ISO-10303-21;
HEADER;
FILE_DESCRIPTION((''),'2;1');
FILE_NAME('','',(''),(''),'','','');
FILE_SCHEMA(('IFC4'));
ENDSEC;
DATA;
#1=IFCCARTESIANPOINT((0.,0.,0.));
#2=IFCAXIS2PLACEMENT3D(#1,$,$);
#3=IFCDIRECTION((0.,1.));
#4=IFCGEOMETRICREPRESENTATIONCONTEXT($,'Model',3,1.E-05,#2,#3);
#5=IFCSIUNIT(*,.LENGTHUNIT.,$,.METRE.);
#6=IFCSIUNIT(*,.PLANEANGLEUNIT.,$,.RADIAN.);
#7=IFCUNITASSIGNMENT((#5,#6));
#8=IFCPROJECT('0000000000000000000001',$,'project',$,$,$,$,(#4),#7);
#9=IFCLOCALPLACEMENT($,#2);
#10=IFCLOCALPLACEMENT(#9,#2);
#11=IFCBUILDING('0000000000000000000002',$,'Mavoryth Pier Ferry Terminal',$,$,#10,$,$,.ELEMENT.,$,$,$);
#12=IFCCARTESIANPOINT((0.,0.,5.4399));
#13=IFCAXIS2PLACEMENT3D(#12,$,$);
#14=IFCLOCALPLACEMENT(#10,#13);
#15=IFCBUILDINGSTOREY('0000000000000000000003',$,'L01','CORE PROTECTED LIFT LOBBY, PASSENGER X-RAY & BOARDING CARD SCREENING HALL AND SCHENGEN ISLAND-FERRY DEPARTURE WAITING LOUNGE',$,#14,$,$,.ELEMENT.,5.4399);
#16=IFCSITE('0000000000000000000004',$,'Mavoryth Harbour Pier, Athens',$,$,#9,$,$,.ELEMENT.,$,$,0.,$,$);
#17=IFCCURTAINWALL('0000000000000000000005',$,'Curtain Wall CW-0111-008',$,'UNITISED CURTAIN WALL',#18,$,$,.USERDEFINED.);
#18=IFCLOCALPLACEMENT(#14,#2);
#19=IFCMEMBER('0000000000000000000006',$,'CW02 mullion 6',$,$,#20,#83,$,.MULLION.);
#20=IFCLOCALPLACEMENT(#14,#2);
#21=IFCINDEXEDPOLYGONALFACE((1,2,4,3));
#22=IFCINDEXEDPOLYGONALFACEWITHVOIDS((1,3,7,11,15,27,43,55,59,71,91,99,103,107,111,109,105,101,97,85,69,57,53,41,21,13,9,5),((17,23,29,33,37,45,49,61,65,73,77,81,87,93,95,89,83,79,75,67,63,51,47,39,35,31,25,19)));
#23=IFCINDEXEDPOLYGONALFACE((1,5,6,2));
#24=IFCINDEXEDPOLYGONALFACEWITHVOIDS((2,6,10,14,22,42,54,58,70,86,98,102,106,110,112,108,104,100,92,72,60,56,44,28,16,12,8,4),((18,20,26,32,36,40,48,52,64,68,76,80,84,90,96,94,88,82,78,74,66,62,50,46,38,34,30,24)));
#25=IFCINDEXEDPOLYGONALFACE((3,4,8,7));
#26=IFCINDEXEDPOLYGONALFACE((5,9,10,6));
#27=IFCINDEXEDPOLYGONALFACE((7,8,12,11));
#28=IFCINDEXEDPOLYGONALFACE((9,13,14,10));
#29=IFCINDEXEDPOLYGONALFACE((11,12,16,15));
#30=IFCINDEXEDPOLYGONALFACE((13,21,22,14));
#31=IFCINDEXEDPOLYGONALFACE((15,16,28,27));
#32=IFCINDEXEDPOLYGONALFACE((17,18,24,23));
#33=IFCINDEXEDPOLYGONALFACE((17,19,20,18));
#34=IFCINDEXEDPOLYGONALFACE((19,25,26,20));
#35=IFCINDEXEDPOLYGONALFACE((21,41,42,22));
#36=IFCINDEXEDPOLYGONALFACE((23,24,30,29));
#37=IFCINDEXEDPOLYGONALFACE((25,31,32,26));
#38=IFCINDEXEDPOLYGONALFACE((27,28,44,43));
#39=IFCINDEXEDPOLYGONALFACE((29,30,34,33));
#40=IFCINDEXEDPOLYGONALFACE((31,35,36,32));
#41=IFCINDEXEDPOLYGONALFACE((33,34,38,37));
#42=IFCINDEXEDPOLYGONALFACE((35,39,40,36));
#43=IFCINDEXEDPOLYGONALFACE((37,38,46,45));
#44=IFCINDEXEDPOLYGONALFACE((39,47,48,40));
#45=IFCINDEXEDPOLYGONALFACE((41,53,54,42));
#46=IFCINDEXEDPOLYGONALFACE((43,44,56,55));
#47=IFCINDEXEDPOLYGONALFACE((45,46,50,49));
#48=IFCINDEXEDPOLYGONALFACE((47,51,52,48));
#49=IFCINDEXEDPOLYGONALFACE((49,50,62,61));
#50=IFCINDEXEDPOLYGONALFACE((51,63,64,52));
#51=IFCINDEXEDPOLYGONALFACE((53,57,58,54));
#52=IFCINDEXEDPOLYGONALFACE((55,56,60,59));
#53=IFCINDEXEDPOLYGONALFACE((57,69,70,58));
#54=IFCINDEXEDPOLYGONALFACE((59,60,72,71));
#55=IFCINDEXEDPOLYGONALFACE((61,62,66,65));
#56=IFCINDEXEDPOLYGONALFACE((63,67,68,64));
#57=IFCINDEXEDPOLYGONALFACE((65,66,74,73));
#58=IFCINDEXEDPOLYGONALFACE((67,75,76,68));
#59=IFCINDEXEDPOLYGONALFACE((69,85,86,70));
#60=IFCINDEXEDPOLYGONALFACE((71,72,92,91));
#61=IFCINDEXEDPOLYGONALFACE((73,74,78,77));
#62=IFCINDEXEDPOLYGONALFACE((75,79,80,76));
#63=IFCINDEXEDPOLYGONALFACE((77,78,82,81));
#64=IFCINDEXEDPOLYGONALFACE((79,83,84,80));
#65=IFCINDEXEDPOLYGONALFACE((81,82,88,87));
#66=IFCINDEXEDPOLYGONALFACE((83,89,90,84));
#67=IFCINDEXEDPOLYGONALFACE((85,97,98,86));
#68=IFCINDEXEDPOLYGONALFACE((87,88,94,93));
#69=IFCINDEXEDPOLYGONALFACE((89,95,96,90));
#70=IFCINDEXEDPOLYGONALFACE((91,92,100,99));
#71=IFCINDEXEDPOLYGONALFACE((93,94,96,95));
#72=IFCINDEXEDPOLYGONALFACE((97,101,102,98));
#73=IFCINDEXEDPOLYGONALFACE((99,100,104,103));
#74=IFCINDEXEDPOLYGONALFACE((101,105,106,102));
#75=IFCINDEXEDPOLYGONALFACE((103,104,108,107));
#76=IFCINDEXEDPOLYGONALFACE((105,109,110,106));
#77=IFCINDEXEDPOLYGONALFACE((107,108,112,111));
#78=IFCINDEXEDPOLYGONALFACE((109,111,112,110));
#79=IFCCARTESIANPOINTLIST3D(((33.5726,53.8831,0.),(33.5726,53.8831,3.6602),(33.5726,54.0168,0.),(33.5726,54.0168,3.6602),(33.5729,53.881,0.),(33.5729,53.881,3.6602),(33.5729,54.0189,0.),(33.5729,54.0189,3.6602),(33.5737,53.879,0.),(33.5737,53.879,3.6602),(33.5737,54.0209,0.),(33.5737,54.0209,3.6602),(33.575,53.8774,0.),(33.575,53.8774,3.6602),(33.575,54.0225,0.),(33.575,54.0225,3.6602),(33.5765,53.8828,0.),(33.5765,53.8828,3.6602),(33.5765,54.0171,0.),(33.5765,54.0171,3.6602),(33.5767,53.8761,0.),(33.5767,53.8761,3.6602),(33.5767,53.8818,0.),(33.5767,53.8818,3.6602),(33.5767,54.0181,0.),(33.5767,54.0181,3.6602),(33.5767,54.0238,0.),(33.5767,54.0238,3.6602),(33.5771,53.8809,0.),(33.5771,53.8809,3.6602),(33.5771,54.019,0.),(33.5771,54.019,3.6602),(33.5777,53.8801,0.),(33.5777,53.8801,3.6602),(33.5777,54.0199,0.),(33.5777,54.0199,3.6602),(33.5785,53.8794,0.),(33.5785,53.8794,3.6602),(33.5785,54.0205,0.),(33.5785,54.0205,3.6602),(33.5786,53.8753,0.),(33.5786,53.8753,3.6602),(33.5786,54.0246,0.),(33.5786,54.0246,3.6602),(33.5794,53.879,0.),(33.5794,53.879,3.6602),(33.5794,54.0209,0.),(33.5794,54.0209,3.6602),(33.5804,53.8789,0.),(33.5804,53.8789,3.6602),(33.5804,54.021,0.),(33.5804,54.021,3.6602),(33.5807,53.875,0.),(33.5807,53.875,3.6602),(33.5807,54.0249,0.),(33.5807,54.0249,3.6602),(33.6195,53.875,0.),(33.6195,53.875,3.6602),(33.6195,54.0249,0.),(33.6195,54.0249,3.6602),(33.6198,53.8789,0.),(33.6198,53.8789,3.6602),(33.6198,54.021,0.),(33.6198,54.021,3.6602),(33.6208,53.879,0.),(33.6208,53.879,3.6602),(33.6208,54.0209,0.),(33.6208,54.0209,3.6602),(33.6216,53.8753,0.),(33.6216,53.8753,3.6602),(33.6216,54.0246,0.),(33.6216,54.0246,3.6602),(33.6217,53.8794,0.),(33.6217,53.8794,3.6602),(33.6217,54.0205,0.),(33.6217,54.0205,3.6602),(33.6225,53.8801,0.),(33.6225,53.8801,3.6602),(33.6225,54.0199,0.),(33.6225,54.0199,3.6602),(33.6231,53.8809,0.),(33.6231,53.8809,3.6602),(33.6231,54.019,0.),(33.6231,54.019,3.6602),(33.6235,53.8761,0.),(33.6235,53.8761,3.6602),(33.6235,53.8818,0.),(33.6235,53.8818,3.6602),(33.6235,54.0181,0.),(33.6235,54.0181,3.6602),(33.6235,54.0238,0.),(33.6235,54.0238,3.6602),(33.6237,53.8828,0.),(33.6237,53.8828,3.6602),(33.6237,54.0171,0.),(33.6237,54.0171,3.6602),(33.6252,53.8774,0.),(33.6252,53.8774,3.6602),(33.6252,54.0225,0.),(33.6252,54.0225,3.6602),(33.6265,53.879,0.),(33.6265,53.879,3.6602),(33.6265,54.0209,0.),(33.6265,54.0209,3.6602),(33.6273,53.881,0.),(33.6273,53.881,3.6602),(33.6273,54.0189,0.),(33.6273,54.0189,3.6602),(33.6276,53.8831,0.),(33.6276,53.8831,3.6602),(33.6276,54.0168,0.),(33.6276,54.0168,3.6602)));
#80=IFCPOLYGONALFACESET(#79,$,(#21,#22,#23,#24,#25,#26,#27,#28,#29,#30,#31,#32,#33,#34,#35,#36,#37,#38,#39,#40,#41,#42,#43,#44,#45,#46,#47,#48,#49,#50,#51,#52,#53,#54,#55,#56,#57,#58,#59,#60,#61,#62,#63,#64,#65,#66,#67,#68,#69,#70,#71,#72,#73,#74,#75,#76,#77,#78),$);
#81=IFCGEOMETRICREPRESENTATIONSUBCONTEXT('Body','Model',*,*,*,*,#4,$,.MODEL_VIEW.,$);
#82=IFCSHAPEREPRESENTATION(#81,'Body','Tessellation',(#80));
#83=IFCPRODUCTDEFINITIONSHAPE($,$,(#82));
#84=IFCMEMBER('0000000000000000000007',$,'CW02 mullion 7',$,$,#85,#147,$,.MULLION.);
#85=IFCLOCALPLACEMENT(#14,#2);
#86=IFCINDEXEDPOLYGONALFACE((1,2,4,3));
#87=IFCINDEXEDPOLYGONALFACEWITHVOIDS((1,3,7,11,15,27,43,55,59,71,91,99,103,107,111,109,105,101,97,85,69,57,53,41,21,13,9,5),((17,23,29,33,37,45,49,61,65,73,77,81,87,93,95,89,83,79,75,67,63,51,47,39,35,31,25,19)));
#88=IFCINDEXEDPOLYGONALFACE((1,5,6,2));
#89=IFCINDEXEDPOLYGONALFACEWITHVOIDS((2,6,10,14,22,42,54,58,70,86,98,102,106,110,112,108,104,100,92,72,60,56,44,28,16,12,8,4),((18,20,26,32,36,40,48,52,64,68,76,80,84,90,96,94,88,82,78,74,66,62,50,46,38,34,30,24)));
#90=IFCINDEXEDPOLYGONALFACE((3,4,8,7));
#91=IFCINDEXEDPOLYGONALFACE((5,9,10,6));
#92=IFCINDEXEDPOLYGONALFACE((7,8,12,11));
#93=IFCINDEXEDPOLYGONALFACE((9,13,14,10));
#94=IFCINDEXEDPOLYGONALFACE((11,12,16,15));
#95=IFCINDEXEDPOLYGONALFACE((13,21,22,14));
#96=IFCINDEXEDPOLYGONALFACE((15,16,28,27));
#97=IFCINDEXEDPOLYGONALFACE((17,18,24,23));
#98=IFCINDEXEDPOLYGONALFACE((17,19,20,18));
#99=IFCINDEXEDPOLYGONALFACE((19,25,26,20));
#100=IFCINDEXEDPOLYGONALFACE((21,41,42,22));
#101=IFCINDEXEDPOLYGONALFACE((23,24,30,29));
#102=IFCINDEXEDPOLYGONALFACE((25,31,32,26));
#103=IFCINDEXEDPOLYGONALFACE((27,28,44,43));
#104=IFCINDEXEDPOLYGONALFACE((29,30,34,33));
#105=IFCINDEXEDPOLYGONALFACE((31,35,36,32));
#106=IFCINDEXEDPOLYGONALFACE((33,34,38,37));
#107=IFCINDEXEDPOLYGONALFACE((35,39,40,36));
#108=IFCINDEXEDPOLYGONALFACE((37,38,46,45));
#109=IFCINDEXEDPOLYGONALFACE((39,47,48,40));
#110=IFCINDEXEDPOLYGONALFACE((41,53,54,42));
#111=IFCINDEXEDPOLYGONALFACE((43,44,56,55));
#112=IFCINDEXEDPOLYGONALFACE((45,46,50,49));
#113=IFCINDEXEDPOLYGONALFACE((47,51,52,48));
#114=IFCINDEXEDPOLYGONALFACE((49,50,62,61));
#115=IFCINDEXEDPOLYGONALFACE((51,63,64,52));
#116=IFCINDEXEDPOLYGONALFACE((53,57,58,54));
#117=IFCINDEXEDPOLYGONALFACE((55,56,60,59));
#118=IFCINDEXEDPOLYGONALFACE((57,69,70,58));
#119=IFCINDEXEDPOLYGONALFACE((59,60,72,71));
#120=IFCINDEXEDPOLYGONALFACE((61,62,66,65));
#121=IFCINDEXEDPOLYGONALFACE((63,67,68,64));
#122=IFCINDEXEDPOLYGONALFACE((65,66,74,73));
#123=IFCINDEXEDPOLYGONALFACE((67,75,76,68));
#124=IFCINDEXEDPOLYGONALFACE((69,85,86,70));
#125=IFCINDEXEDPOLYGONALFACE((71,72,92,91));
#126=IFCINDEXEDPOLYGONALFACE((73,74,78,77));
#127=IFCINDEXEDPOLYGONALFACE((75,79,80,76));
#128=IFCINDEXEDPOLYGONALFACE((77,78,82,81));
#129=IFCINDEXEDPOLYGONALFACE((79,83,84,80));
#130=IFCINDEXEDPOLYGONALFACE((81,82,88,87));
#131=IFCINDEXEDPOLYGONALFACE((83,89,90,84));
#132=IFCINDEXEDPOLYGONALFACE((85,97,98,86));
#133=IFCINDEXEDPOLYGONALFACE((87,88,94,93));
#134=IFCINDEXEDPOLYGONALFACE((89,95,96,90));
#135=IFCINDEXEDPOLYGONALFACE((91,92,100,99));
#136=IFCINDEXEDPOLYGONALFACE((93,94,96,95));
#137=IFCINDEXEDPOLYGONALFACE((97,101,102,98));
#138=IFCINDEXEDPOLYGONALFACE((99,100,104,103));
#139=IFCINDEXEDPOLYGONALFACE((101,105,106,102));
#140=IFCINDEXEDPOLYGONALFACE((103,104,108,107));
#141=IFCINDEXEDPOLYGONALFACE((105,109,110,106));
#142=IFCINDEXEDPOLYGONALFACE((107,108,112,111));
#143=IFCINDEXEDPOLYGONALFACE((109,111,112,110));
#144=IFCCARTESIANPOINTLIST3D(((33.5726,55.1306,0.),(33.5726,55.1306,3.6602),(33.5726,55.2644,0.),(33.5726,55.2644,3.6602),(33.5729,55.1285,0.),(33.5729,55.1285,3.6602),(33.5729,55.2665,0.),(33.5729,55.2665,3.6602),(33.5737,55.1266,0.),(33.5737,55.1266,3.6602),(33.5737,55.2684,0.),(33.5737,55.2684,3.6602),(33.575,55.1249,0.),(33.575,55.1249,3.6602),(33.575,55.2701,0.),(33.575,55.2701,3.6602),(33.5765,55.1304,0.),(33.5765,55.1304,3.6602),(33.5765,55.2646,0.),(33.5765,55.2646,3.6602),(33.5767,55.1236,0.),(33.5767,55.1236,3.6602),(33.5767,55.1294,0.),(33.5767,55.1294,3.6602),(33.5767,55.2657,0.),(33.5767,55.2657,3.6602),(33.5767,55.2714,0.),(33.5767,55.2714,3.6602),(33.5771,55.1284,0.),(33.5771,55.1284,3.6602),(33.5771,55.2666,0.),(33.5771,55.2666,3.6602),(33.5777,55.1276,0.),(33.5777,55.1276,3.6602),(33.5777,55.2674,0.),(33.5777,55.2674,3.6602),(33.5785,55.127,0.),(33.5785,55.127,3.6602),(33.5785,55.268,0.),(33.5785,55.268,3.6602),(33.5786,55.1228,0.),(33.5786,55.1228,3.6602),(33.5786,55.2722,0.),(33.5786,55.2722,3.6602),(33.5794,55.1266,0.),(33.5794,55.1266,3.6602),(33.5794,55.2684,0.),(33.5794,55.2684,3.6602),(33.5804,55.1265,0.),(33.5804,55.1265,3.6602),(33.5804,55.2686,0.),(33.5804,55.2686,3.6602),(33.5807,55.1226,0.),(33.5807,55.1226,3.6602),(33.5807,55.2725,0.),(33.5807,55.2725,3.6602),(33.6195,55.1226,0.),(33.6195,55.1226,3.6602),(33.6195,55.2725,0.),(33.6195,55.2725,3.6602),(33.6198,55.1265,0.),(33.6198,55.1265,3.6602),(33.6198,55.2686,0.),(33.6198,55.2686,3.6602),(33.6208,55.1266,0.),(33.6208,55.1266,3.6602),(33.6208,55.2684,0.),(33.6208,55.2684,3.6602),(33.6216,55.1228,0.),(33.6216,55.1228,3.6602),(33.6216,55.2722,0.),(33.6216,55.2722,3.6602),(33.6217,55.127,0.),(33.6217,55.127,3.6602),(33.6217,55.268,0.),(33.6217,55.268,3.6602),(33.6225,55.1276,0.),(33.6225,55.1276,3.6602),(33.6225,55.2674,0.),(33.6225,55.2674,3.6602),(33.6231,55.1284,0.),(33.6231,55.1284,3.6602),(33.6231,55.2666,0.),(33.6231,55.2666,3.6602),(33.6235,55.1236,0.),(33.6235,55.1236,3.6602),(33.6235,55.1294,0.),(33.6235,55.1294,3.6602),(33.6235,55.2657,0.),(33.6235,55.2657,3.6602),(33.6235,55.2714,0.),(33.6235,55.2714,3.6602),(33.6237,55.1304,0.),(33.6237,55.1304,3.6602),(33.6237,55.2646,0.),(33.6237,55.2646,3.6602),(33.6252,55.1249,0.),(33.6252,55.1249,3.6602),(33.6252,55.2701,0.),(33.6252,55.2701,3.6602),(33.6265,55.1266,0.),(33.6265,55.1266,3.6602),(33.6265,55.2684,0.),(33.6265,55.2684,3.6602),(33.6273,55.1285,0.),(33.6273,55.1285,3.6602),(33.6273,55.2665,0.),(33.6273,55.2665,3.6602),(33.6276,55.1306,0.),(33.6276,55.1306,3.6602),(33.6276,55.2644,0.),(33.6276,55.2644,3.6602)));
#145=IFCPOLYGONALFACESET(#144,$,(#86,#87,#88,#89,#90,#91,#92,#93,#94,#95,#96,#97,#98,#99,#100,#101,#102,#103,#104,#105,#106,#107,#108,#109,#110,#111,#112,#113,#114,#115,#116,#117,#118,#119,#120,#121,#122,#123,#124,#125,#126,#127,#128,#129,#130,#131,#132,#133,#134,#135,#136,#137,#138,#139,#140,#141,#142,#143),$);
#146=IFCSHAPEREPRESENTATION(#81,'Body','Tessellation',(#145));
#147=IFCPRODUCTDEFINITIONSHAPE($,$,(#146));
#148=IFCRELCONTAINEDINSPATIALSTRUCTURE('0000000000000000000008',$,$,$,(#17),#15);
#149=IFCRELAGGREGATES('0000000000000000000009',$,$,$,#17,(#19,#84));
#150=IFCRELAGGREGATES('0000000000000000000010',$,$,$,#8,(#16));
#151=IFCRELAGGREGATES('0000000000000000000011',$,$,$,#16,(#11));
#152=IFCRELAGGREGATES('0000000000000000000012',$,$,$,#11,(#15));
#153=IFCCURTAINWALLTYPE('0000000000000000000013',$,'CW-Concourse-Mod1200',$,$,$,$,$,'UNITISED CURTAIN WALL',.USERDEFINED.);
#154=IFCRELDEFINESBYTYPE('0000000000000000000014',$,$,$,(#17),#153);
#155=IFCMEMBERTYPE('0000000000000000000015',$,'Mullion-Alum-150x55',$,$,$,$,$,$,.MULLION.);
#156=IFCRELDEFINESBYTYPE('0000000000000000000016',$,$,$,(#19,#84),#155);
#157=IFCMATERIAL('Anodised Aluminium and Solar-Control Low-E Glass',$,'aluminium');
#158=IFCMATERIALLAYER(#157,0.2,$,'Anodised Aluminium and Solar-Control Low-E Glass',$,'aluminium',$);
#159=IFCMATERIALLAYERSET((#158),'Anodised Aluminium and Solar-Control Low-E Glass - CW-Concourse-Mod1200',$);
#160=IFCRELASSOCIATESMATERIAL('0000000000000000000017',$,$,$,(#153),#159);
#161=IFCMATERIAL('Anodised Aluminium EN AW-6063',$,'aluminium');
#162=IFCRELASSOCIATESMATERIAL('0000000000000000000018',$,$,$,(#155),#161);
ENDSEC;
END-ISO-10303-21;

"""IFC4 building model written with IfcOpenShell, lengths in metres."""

from ifc_helpers import new_model, si_unit, direction, frame, origin, origin_2d, place, context, subcontext, project, spatial, hollow_rectangle, extrude, material, layer, layer_set, material_profile, profile_set, type_object, element, aggregate, save


model = new_model("IFC4")

# Units and contexts
model_context = context("Model", 3, precision=1e-05, world=origin(), true_north=direction((0.0, 1.0)))
body_context = subcontext(model_context, "Body", "Model", "MODEL_VIEW")
ifc_project = project(units=[si_unit("LENGTHUNIT", "METRE"), si_unit("PLANEANGLEUNIT", "RADIAN")], contexts=[model_context])

# Site, building, storey
site_placement = place(None, origin())
site = spatial("IfcSite", under=ifc_project, at=site_placement, Name="Mavoryth Harbour Pier, Athens", CompositionType="ELEMENT", RefElevation=0.0)
building_placement = place(site_placement, origin())
building = spatial("IfcBuilding", under=site, at=building_placement, Name="Mavoryth Pier Ferry Terminal", CompositionType="ELEMENT")
storey_placement = place(building_placement, frame((0.0, 0.0, 5.4399)))
storey = spatial("IfcBuildingStorey", under=building, at=storey_placement, Name="L01", Description="CORE PROTECTED LIFT LOBBY, PASSENGER X-RAY & BOARDING CARD SCREENING HALL AND SCHENGEN ISLAND-FERRY DEPARTURE WAITING LOUNGE", CompositionType="ELEMENT", Elevation=5.4399)

# Curtain wall, members
ifc_material_1 = material(Name="Anodised Aluminium and Solar-Control Low-E Glass", Category="aluminium")
ifc_layer_1 = layer(ifc_material_1, 0.2, Name="Anodised Aluminium and Solar-Control Low-E Glass", Category="aluminium")
ifc_layer_set_1 = layer_set([ifc_layer_1], Name="Anodised Aluminium and Solar-Control Low-E Glass - CW-Concourse-Mod1200")
curtain_wall_type = type_object("IfcCurtainWallType", Name="CW-Concourse-Mod1200", ElementType="UNITISED CURTAIN WALL", PredefinedType="USERDEFINED", material=ifc_layer_set_1)
curtain_wall_1_placement = place(storey_placement, origin())
curtain_wall_1 = element("IfcCurtainWall", 1, at=curtain_wall_1_placement, inside=storey, type_object=curtain_wall_type, Name="Curtain Wall CW-0111-008", ObjectType="UNITISED CURTAIN WALL", PredefinedType="USERDEFINED")
ifc_material_2 = material(Name="Anodised Aluminium EN AW-6063", Category="aluminium")
ifc_material_profile_1 = material_profile(ifc_material_2, hollow_rectangle(XDim=0.0549, YDim=0.1499, WallThickness=0.0039, InnerFilletRadius=0.0039, OuterFilletRadius=0.0081, at=origin_2d()), Name="AL-MULL 150x55x4", Category="aluminium")
ifc_profile_set_1 = profile_set([ifc_material_profile_1], Name="Anodised Aluminium EN AW-6063 - AL-MULL 150x55x4")
member_type_1 = type_object("IfcMemberType", Name="Mullion-Alum-150x55", PredefinedType="MULLION", material=ifc_profile_set_1)
member_1_placement = place(storey_placement, frame((33.6001, 53.95, 0.0), z_axis=(0.0, 0.0, 1.0), x_axis=(-1.0, 0.0, 0.0)))
member_1 = element("IfcMember", 2, at=member_1_placement, type_object=member_type_1, Name="CW02 mullion 6", PredefinedType="MULLION", context=body_context, shape_type="SweptSolid", body=[
    extrude(hollow_rectangle(XDim=0.0549, YDim=0.1499, WallThickness=0.0039, InnerFilletRadius=0.0039, OuterFilletRadius=0.0081, at=origin_2d()), origin(), (0.0, 0.0, 1.0), 3.6602),
])
member_2_placement = place(storey_placement, frame((33.6001, 55.1975, 0.0), z_axis=(0.0, 0.0, 1.0), x_axis=(-1.0, 0.0, 0.0)))
member_2 = element("IfcMember", 3, at=member_2_placement, type_object=member_type_1, Name="CW02 mullion 7", PredefinedType="MULLION", context=body_context, shape_type="SweptSolid", body=[
    extrude(hollow_rectangle(XDim=0.0549, YDim=0.1499, WallThickness=0.0039, InnerFilletRadius=0.0039, OuterFilletRadius=0.0081, at=origin_2d()), origin(), (0.0, 0.0, 1.0), 3.6602),
])

aggregate(curtain_wall_1, [member_1, member_2])

save(model, "model.ifc")
